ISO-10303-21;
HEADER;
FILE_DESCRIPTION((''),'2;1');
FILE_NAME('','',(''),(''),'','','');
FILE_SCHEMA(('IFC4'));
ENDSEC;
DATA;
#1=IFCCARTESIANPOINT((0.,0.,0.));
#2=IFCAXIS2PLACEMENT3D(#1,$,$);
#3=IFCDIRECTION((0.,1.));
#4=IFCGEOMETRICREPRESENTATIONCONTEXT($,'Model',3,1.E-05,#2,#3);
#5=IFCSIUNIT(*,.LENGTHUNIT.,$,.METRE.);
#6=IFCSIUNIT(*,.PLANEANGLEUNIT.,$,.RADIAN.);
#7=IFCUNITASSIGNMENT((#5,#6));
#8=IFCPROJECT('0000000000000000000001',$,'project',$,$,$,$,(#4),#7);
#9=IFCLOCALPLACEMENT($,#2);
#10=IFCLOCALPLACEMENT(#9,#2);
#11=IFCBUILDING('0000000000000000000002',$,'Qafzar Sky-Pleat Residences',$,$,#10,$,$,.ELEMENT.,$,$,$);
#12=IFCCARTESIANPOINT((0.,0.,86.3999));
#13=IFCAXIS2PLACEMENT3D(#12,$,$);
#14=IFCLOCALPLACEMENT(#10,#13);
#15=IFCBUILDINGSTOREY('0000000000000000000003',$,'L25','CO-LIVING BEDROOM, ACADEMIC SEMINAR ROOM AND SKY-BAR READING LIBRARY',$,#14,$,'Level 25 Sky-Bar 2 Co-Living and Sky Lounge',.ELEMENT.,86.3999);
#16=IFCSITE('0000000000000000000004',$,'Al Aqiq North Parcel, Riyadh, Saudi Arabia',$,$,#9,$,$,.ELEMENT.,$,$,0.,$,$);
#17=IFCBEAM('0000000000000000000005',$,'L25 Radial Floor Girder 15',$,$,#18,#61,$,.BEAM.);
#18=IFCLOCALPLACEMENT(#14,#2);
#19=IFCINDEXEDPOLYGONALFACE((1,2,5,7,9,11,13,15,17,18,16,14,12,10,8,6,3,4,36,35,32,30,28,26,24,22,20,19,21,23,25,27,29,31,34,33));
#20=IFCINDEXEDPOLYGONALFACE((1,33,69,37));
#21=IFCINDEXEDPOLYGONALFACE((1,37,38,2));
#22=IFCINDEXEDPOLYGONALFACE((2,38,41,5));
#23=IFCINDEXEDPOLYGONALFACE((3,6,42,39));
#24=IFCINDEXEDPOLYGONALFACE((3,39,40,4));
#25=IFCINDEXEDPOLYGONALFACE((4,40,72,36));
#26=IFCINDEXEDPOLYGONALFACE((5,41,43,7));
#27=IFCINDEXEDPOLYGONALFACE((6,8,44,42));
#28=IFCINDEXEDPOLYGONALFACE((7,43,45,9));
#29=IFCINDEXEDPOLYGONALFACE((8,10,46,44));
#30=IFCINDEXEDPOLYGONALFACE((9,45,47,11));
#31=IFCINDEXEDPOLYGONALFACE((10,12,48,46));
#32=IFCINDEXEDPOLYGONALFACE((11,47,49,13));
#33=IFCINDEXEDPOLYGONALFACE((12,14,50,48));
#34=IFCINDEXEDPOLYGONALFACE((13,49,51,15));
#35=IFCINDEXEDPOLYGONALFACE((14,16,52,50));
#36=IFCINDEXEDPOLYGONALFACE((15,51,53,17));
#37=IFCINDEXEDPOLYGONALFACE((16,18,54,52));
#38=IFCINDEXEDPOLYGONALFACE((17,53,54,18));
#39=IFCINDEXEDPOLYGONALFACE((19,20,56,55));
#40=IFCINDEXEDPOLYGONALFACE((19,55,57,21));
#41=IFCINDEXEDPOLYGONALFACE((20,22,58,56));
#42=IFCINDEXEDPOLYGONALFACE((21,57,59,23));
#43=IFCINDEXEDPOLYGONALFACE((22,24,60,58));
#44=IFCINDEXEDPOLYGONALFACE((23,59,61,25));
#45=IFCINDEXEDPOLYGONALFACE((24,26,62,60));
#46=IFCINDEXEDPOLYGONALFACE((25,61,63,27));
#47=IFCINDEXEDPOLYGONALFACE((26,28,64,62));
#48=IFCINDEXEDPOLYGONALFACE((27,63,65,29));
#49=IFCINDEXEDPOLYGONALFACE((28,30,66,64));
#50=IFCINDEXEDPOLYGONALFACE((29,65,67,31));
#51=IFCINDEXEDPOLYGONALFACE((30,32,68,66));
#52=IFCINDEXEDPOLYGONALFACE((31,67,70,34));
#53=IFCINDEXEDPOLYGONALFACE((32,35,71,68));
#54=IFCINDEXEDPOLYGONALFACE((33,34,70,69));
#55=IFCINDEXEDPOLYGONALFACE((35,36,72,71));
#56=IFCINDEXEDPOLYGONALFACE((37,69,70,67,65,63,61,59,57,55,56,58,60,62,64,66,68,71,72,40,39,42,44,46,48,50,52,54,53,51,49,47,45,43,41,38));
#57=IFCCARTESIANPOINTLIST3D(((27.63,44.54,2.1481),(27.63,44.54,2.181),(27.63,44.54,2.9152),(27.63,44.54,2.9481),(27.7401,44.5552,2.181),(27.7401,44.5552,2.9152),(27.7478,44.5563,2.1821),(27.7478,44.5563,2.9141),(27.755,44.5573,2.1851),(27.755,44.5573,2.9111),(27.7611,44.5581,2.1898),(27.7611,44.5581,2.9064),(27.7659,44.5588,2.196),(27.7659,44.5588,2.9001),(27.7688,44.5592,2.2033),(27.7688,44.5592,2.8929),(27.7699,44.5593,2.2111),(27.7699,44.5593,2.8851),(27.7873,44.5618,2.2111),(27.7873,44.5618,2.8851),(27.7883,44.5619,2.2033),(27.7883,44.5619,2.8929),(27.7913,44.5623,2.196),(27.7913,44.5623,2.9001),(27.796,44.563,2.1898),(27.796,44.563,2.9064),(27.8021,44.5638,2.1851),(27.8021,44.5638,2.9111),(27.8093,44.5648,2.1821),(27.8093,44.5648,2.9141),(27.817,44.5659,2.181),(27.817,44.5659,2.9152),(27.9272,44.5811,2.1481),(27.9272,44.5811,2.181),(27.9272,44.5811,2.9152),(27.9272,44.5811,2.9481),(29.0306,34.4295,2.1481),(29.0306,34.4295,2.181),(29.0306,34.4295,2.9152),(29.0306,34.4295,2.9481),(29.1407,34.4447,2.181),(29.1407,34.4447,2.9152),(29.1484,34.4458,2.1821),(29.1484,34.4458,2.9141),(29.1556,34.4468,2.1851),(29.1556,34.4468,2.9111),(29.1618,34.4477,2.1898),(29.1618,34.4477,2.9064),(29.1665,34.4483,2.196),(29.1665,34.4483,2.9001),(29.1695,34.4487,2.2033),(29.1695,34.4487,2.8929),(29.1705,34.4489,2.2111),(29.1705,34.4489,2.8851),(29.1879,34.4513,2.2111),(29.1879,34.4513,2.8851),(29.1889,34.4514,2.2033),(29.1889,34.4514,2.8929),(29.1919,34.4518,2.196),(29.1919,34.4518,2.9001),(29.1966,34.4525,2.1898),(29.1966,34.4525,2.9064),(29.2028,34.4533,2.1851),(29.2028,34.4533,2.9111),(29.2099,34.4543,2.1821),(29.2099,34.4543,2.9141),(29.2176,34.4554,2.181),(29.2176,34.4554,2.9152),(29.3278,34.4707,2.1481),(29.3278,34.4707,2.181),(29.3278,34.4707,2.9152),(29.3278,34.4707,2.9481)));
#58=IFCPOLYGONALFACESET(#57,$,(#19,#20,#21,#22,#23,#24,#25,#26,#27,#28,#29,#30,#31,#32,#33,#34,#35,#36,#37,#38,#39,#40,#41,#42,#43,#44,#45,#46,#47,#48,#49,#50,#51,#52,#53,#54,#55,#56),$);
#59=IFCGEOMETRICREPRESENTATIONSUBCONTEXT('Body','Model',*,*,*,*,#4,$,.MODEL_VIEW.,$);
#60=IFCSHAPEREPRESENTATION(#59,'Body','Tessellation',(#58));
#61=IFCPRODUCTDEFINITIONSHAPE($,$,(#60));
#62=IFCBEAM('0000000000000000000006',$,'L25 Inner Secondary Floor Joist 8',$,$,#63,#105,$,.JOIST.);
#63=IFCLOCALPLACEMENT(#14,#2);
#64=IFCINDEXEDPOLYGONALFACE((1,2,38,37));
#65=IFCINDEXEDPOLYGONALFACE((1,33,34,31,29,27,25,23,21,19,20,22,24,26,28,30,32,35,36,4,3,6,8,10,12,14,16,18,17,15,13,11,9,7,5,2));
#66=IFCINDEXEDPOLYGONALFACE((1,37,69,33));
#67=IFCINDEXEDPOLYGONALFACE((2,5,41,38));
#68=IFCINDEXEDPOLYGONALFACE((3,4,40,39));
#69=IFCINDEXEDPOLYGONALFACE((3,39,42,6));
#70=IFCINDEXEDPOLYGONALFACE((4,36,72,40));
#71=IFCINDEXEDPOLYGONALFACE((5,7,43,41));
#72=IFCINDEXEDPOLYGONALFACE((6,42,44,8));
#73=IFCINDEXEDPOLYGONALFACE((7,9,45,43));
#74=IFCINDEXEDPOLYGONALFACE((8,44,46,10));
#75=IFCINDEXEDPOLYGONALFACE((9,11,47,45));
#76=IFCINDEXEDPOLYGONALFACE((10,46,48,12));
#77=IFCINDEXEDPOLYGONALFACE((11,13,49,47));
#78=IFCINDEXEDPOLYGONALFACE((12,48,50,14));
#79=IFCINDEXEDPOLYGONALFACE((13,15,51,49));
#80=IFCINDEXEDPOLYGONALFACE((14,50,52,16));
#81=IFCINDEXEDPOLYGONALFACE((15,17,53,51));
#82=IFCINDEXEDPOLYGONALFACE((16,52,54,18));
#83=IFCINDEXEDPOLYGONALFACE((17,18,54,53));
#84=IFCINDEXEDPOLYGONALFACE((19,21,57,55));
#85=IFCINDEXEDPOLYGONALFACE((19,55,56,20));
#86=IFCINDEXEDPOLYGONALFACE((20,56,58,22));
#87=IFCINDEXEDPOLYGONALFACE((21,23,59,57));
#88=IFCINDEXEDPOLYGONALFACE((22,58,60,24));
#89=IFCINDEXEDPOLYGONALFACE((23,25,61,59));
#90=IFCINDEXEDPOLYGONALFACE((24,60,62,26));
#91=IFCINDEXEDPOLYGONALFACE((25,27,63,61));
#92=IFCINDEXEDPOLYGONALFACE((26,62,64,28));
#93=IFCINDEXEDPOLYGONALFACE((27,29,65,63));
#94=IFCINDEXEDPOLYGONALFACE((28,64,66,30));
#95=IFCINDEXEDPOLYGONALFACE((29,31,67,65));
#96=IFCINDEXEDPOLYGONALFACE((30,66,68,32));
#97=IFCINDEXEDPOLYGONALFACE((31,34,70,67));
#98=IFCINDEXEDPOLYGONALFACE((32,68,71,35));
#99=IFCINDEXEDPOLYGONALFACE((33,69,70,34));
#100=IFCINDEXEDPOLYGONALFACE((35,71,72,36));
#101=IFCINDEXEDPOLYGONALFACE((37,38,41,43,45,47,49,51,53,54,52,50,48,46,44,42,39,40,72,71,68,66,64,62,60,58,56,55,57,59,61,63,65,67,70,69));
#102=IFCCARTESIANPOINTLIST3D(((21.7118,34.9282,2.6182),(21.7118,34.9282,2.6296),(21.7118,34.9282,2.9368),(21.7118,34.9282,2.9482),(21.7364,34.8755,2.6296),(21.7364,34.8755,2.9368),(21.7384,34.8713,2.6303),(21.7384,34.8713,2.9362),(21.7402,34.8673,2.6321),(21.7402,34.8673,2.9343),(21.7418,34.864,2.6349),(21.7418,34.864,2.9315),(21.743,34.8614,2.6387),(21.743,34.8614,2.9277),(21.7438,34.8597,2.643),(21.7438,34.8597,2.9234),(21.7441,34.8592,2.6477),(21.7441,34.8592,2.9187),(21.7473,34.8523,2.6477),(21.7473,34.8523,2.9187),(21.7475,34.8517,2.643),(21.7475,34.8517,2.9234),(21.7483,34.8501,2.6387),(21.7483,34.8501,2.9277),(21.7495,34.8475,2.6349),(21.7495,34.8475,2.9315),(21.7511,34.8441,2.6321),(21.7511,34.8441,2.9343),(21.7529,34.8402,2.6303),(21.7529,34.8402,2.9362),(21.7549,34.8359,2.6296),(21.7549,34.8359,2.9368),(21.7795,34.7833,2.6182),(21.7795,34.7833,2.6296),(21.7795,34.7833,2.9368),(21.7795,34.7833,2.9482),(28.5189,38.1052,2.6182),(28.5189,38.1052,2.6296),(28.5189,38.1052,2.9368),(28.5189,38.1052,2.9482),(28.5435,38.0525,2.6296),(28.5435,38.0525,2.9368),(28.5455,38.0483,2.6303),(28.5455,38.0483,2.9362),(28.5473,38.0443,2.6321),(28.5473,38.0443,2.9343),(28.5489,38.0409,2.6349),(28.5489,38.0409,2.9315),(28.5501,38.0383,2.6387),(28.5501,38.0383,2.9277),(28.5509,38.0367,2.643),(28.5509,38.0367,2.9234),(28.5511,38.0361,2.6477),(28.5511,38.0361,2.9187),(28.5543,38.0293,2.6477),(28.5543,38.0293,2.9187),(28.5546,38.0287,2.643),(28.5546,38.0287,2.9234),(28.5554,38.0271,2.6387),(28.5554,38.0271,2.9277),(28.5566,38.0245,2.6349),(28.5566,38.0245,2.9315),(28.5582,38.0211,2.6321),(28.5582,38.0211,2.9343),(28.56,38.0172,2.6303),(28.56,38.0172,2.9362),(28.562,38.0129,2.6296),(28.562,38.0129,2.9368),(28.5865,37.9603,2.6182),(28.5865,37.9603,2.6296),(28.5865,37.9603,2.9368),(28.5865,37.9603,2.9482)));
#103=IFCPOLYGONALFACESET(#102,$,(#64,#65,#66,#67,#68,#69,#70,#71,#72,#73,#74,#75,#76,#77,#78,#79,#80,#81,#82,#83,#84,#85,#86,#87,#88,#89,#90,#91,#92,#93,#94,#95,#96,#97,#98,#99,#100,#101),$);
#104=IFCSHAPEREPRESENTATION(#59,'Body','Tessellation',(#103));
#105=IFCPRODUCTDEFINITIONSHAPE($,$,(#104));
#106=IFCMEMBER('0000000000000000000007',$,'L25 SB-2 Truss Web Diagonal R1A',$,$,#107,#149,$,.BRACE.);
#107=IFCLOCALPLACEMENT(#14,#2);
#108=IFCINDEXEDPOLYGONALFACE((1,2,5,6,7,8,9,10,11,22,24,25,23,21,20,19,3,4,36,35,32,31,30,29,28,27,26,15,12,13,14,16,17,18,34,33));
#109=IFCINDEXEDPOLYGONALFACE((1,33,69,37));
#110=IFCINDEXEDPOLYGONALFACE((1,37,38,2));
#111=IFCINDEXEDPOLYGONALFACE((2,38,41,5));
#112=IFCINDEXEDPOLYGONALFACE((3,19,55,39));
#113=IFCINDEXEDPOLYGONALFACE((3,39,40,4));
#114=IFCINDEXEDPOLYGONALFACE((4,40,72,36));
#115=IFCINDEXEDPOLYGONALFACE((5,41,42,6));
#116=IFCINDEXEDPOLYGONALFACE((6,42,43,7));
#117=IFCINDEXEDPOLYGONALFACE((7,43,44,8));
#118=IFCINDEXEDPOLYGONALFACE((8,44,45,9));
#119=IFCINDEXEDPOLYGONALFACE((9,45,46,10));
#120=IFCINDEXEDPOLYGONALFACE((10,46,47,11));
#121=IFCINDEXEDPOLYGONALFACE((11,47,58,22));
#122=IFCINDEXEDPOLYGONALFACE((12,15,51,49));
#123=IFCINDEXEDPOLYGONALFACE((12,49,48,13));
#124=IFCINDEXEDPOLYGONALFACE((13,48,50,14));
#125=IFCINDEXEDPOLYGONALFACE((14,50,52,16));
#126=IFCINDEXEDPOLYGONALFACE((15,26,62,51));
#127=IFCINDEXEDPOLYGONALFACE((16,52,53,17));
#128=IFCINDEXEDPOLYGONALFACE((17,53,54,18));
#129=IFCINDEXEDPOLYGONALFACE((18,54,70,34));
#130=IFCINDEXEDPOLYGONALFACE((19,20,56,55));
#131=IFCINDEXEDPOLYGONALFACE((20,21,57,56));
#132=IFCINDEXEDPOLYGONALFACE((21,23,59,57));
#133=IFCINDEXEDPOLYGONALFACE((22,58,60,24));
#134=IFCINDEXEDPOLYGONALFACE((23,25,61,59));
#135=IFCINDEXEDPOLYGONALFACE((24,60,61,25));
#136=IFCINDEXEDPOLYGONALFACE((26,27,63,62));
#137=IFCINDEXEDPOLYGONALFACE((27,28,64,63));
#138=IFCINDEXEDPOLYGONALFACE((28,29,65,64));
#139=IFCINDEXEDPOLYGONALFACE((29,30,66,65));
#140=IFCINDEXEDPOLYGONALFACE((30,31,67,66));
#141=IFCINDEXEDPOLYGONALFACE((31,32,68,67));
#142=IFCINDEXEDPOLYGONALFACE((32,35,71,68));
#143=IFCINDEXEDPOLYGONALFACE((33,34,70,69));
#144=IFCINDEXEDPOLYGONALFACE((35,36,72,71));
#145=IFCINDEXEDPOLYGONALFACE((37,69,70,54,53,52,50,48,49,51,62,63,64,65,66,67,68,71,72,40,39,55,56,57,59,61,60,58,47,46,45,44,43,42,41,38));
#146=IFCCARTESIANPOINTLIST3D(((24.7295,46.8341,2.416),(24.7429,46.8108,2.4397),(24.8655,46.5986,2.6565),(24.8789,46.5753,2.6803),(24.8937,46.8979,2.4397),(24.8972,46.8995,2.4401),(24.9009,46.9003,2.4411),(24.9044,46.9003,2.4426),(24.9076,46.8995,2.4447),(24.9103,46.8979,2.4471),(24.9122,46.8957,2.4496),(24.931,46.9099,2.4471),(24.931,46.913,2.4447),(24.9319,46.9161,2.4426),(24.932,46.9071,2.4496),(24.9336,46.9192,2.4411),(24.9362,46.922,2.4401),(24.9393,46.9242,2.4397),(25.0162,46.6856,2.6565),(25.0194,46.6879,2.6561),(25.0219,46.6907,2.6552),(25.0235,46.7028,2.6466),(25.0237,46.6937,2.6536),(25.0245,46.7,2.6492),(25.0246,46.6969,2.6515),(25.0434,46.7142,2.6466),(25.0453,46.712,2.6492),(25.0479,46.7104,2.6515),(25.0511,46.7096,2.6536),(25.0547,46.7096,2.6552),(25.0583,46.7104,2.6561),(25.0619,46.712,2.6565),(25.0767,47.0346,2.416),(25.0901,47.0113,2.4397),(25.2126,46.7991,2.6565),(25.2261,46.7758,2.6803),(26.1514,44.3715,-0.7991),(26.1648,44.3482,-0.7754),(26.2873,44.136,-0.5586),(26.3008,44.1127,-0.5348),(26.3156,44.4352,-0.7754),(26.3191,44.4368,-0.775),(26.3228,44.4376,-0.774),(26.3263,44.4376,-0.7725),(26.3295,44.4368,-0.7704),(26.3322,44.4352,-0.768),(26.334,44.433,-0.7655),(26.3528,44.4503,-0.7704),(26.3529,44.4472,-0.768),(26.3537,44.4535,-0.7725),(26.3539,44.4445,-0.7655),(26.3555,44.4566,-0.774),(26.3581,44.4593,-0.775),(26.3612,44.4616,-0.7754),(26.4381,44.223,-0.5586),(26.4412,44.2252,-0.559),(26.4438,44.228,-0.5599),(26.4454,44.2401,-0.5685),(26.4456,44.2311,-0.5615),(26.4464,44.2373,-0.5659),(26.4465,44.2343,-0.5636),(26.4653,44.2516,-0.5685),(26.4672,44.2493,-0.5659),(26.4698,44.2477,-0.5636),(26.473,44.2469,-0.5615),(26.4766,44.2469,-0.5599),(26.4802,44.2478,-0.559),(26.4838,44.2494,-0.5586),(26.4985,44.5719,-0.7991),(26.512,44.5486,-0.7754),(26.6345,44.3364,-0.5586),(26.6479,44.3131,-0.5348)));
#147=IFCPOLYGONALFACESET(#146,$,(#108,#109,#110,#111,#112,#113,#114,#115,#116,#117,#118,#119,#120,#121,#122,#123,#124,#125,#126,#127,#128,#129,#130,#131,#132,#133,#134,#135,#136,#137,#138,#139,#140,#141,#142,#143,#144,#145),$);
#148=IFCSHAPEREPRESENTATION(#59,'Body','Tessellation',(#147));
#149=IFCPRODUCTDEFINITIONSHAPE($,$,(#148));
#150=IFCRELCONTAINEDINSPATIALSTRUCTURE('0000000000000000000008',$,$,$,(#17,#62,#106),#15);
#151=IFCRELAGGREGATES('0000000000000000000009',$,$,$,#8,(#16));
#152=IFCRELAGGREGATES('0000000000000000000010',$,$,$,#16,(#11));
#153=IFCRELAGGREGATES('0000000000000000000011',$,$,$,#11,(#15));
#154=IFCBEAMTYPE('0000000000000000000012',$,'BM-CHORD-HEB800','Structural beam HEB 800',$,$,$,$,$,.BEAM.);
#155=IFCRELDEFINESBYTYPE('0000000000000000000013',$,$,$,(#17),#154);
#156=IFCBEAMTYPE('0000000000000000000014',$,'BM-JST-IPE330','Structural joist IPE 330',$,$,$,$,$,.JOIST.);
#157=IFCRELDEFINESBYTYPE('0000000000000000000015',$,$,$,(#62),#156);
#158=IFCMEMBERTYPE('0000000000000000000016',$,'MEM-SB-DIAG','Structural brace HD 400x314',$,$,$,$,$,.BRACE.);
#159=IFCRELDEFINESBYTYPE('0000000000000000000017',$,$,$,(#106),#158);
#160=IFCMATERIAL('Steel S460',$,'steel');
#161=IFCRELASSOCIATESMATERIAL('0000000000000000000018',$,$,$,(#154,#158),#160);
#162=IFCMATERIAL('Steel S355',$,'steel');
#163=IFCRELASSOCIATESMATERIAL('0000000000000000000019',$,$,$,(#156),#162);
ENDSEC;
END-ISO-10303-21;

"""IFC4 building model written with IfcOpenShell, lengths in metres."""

from ifc_helpers import new_model, si_unit, direction, frame, origin, origin_2d, place, context, subcontext, project, spatial, i_section, extrude, source, transform, mapped, material, material_profile, profile_set, type_object, element, save


model = new_model("IFC4")

# Units and contexts
model_context = context("Model", 3, precision=1e-05, world=origin(), true_north=direction((0.0, 1.0)))
body_context = subcontext(model_context, "Body", "Model", "MODEL_VIEW")
ifc_project = project(units=[si_unit("LENGTHUNIT", "METRE"), si_unit("PLANEANGLEUNIT", "RADIAN")], contexts=[model_context])

# Site, building, storey
site_placement = place(None, origin())
site = spatial("IfcSite", under=ifc_project, at=site_placement, Name="Al Aqiq North Parcel, Riyadh, Saudi Arabia", CompositionType="ELEMENT", RefElevation=0.0)
building_placement = place(site_placement, origin())
building = spatial("IfcBuilding", under=site, at=building_placement, Name="Qafzar Sky-Pleat Residences", CompositionType="ELEMENT")
storey_placement = place(building_placement, frame((0.0, 0.0, 86.3999)))
storey = spatial("IfcBuildingStorey", under=building, at=storey_placement, Name="L25", Description="CO-LIVING BEDROOM, ACADEMIC SEMINAR ROOM AND SKY-BAR READING LIBRARY", LongName="Level 25 Sky-Bar 2 Co-Living and Sky Lounge", CompositionType="ELEMENT", Elevation=86.3999)

# Shared definitions
ifc_material_1 = material(Name="Steel S460", Category="steel")

# Beams
ifc_material_2 = material(Name="Steel S355", Category="steel")
ifc_material_profile_1 = material_profile(ifc_material_1, i_section(OverallWidth=0.3, OverallDepth=0.8, WebThickness=0.0176, FlangeThickness=0.033, FilletRadius=0.03, at=origin_2d()), Name="HEB 800")
ifc_profile_set_1 = profile_set([ifc_material_profile_1], Name="Steel S460")
beam_type_1 = type_object("IfcBeamType", Name="BM-CHORD-HEB800", Description="Structural beam HEB 800", PredefinedType="BEAM", material=ifc_profile_set_1)
shared_shape_1 = source(origin(), body_context, "Body", "SweptSolid", [
    extrude(i_section(OverallWidth=0.3, OverallDepth=0.8, WebThickness=0.0176, FlangeThickness=0.033, FilletRadius=0.03, at=origin_2d()), origin(), (0.0, 0.0, 1.0), 10.207),
])
beam_1_placement = place(storey_placement, frame((27.7786, 44.5605, 2.5481), z_axis=(0.137221, -0.99054, 0.0), x_axis=(0.99054, 0.137221, 0.0)))
element("IfcBeam", 1, at=beam_1_placement, inside=storey, type_object=beam_type_1, Name="L25 Radial Floor Girder 15", PredefinedType="BEAM", context=body_context, shape_type="MappedRepresentation", body=[
    mapped(shared_shape_1, transform((0.0, 0.0, 0.0), x_axis=(1.0, 0.0, 0.0), y_axis=(0.0, 1.0, 0.0), z_axis=(0.0, 0.0, 1.0), scale=1.0)),
])
ifc_material_profile_2 = material_profile(ifc_material_2, i_section(OverallWidth=0.1599, OverallDepth=0.3301, WebThickness=0.0076, FlangeThickness=0.0115, FilletRadius=0.0181, at=origin_2d()), Name="IPE 330")
ifc_profile_set_2 = profile_set([ifc_material_profile_2], Name="Steel S355")
beam_type_2 = type_object("IfcBeamType", Name="BM-JST-IPE330", Description="Structural joist IPE 330", PredefinedType="JOIST", material=ifc_profile_set_2)
shared_shape_2 = source(origin(), body_context, "Body", "SweptSolid", [
    extrude(i_section(OverallWidth=0.1599, OverallDepth=0.3301, WebThickness=0.0076, FlangeThickness=0.0115, FilletRadius=0.0181, at=origin_2d()), origin(), (0.0, 0.0, 1.0), 7.512),
])
beam_2_placement = place(storey_placement, frame((28.5527, 38.0327, 2.7832), z_axis=(-0.906166, -0.422923, 0.0), x_axis=(0.422923, -0.906166, 0.0)))
element("IfcBeam", 2, at=beam_2_placement, inside=storey, type_object=beam_type_2, Name="L25 Inner Secondary Floor Joist 8", PredefinedType="JOIST", context=body_context, shape_type="MappedRepresentation", body=[
    mapped(shared_shape_2, transform((0.0, 0.0, 0.0), x_axis=(1.0, 0.0, 0.0), y_axis=(0.0, 1.0, 0.0), z_axis=(0.0, 0.0, 1.0), scale=1.0)),
])

# Member
ifc_material_profile_3 = material_profile(ifc_material_1, i_section(OverallWidth=0.4009, OverallDepth=0.3989, WebThickness=0.0229, FlangeThickness=0.0359, FilletRadius=0.0149, at=origin_2d()), Name="HD 400x314")
ifc_profile_set_3 = profile_set([ifc_material_profile_3], Name="Steel S460")
member_type = type_object("IfcMemberType", Name="MEM-SB-DIAG", Description="Structural brace HD 400x314", PredefinedType="BRACE", material=ifc_profile_set_3)
shared_shape_3 = source(origin(), body_context, "Body", "SweptSolid", [
    extrude(i_section(OverallWidth=0.4009, OverallDepth=0.3989, WebThickness=0.0229, FlangeThickness=0.0359, FilletRadius=0.0149, at=origin_2d()), origin(), (0.0, 0.0, 1.0), 4.2922),
])
for number, where, z_axis, x_axis, name in (
    (3, (26.3997, 44.3423, -0.667), (-0.331268, 0.573747, 0.74905), (-0.866015, -0.500017, 0.0), "L25 SB-2 Truss Web Diagonal R1A"),
):
    element("IfcMember", number, at=place(storey_placement, frame(where, z_axis=z_axis, x_axis=x_axis)), inside=storey, type_object=member_type, Name=name, PredefinedType="BRACE", context=body_context, shape_type="MappedRepresentation", body=[
        mapped(shared_shape_3, transform((0.0, 0.0, 0.0), x_axis=(1.0, 0.0, 0.0), y_axis=(0.0, 1.0, 0.0), z_axis=(0.0, 0.0, 1.0), scale=1.0)),
    ])

save(model, "model.ifc")
